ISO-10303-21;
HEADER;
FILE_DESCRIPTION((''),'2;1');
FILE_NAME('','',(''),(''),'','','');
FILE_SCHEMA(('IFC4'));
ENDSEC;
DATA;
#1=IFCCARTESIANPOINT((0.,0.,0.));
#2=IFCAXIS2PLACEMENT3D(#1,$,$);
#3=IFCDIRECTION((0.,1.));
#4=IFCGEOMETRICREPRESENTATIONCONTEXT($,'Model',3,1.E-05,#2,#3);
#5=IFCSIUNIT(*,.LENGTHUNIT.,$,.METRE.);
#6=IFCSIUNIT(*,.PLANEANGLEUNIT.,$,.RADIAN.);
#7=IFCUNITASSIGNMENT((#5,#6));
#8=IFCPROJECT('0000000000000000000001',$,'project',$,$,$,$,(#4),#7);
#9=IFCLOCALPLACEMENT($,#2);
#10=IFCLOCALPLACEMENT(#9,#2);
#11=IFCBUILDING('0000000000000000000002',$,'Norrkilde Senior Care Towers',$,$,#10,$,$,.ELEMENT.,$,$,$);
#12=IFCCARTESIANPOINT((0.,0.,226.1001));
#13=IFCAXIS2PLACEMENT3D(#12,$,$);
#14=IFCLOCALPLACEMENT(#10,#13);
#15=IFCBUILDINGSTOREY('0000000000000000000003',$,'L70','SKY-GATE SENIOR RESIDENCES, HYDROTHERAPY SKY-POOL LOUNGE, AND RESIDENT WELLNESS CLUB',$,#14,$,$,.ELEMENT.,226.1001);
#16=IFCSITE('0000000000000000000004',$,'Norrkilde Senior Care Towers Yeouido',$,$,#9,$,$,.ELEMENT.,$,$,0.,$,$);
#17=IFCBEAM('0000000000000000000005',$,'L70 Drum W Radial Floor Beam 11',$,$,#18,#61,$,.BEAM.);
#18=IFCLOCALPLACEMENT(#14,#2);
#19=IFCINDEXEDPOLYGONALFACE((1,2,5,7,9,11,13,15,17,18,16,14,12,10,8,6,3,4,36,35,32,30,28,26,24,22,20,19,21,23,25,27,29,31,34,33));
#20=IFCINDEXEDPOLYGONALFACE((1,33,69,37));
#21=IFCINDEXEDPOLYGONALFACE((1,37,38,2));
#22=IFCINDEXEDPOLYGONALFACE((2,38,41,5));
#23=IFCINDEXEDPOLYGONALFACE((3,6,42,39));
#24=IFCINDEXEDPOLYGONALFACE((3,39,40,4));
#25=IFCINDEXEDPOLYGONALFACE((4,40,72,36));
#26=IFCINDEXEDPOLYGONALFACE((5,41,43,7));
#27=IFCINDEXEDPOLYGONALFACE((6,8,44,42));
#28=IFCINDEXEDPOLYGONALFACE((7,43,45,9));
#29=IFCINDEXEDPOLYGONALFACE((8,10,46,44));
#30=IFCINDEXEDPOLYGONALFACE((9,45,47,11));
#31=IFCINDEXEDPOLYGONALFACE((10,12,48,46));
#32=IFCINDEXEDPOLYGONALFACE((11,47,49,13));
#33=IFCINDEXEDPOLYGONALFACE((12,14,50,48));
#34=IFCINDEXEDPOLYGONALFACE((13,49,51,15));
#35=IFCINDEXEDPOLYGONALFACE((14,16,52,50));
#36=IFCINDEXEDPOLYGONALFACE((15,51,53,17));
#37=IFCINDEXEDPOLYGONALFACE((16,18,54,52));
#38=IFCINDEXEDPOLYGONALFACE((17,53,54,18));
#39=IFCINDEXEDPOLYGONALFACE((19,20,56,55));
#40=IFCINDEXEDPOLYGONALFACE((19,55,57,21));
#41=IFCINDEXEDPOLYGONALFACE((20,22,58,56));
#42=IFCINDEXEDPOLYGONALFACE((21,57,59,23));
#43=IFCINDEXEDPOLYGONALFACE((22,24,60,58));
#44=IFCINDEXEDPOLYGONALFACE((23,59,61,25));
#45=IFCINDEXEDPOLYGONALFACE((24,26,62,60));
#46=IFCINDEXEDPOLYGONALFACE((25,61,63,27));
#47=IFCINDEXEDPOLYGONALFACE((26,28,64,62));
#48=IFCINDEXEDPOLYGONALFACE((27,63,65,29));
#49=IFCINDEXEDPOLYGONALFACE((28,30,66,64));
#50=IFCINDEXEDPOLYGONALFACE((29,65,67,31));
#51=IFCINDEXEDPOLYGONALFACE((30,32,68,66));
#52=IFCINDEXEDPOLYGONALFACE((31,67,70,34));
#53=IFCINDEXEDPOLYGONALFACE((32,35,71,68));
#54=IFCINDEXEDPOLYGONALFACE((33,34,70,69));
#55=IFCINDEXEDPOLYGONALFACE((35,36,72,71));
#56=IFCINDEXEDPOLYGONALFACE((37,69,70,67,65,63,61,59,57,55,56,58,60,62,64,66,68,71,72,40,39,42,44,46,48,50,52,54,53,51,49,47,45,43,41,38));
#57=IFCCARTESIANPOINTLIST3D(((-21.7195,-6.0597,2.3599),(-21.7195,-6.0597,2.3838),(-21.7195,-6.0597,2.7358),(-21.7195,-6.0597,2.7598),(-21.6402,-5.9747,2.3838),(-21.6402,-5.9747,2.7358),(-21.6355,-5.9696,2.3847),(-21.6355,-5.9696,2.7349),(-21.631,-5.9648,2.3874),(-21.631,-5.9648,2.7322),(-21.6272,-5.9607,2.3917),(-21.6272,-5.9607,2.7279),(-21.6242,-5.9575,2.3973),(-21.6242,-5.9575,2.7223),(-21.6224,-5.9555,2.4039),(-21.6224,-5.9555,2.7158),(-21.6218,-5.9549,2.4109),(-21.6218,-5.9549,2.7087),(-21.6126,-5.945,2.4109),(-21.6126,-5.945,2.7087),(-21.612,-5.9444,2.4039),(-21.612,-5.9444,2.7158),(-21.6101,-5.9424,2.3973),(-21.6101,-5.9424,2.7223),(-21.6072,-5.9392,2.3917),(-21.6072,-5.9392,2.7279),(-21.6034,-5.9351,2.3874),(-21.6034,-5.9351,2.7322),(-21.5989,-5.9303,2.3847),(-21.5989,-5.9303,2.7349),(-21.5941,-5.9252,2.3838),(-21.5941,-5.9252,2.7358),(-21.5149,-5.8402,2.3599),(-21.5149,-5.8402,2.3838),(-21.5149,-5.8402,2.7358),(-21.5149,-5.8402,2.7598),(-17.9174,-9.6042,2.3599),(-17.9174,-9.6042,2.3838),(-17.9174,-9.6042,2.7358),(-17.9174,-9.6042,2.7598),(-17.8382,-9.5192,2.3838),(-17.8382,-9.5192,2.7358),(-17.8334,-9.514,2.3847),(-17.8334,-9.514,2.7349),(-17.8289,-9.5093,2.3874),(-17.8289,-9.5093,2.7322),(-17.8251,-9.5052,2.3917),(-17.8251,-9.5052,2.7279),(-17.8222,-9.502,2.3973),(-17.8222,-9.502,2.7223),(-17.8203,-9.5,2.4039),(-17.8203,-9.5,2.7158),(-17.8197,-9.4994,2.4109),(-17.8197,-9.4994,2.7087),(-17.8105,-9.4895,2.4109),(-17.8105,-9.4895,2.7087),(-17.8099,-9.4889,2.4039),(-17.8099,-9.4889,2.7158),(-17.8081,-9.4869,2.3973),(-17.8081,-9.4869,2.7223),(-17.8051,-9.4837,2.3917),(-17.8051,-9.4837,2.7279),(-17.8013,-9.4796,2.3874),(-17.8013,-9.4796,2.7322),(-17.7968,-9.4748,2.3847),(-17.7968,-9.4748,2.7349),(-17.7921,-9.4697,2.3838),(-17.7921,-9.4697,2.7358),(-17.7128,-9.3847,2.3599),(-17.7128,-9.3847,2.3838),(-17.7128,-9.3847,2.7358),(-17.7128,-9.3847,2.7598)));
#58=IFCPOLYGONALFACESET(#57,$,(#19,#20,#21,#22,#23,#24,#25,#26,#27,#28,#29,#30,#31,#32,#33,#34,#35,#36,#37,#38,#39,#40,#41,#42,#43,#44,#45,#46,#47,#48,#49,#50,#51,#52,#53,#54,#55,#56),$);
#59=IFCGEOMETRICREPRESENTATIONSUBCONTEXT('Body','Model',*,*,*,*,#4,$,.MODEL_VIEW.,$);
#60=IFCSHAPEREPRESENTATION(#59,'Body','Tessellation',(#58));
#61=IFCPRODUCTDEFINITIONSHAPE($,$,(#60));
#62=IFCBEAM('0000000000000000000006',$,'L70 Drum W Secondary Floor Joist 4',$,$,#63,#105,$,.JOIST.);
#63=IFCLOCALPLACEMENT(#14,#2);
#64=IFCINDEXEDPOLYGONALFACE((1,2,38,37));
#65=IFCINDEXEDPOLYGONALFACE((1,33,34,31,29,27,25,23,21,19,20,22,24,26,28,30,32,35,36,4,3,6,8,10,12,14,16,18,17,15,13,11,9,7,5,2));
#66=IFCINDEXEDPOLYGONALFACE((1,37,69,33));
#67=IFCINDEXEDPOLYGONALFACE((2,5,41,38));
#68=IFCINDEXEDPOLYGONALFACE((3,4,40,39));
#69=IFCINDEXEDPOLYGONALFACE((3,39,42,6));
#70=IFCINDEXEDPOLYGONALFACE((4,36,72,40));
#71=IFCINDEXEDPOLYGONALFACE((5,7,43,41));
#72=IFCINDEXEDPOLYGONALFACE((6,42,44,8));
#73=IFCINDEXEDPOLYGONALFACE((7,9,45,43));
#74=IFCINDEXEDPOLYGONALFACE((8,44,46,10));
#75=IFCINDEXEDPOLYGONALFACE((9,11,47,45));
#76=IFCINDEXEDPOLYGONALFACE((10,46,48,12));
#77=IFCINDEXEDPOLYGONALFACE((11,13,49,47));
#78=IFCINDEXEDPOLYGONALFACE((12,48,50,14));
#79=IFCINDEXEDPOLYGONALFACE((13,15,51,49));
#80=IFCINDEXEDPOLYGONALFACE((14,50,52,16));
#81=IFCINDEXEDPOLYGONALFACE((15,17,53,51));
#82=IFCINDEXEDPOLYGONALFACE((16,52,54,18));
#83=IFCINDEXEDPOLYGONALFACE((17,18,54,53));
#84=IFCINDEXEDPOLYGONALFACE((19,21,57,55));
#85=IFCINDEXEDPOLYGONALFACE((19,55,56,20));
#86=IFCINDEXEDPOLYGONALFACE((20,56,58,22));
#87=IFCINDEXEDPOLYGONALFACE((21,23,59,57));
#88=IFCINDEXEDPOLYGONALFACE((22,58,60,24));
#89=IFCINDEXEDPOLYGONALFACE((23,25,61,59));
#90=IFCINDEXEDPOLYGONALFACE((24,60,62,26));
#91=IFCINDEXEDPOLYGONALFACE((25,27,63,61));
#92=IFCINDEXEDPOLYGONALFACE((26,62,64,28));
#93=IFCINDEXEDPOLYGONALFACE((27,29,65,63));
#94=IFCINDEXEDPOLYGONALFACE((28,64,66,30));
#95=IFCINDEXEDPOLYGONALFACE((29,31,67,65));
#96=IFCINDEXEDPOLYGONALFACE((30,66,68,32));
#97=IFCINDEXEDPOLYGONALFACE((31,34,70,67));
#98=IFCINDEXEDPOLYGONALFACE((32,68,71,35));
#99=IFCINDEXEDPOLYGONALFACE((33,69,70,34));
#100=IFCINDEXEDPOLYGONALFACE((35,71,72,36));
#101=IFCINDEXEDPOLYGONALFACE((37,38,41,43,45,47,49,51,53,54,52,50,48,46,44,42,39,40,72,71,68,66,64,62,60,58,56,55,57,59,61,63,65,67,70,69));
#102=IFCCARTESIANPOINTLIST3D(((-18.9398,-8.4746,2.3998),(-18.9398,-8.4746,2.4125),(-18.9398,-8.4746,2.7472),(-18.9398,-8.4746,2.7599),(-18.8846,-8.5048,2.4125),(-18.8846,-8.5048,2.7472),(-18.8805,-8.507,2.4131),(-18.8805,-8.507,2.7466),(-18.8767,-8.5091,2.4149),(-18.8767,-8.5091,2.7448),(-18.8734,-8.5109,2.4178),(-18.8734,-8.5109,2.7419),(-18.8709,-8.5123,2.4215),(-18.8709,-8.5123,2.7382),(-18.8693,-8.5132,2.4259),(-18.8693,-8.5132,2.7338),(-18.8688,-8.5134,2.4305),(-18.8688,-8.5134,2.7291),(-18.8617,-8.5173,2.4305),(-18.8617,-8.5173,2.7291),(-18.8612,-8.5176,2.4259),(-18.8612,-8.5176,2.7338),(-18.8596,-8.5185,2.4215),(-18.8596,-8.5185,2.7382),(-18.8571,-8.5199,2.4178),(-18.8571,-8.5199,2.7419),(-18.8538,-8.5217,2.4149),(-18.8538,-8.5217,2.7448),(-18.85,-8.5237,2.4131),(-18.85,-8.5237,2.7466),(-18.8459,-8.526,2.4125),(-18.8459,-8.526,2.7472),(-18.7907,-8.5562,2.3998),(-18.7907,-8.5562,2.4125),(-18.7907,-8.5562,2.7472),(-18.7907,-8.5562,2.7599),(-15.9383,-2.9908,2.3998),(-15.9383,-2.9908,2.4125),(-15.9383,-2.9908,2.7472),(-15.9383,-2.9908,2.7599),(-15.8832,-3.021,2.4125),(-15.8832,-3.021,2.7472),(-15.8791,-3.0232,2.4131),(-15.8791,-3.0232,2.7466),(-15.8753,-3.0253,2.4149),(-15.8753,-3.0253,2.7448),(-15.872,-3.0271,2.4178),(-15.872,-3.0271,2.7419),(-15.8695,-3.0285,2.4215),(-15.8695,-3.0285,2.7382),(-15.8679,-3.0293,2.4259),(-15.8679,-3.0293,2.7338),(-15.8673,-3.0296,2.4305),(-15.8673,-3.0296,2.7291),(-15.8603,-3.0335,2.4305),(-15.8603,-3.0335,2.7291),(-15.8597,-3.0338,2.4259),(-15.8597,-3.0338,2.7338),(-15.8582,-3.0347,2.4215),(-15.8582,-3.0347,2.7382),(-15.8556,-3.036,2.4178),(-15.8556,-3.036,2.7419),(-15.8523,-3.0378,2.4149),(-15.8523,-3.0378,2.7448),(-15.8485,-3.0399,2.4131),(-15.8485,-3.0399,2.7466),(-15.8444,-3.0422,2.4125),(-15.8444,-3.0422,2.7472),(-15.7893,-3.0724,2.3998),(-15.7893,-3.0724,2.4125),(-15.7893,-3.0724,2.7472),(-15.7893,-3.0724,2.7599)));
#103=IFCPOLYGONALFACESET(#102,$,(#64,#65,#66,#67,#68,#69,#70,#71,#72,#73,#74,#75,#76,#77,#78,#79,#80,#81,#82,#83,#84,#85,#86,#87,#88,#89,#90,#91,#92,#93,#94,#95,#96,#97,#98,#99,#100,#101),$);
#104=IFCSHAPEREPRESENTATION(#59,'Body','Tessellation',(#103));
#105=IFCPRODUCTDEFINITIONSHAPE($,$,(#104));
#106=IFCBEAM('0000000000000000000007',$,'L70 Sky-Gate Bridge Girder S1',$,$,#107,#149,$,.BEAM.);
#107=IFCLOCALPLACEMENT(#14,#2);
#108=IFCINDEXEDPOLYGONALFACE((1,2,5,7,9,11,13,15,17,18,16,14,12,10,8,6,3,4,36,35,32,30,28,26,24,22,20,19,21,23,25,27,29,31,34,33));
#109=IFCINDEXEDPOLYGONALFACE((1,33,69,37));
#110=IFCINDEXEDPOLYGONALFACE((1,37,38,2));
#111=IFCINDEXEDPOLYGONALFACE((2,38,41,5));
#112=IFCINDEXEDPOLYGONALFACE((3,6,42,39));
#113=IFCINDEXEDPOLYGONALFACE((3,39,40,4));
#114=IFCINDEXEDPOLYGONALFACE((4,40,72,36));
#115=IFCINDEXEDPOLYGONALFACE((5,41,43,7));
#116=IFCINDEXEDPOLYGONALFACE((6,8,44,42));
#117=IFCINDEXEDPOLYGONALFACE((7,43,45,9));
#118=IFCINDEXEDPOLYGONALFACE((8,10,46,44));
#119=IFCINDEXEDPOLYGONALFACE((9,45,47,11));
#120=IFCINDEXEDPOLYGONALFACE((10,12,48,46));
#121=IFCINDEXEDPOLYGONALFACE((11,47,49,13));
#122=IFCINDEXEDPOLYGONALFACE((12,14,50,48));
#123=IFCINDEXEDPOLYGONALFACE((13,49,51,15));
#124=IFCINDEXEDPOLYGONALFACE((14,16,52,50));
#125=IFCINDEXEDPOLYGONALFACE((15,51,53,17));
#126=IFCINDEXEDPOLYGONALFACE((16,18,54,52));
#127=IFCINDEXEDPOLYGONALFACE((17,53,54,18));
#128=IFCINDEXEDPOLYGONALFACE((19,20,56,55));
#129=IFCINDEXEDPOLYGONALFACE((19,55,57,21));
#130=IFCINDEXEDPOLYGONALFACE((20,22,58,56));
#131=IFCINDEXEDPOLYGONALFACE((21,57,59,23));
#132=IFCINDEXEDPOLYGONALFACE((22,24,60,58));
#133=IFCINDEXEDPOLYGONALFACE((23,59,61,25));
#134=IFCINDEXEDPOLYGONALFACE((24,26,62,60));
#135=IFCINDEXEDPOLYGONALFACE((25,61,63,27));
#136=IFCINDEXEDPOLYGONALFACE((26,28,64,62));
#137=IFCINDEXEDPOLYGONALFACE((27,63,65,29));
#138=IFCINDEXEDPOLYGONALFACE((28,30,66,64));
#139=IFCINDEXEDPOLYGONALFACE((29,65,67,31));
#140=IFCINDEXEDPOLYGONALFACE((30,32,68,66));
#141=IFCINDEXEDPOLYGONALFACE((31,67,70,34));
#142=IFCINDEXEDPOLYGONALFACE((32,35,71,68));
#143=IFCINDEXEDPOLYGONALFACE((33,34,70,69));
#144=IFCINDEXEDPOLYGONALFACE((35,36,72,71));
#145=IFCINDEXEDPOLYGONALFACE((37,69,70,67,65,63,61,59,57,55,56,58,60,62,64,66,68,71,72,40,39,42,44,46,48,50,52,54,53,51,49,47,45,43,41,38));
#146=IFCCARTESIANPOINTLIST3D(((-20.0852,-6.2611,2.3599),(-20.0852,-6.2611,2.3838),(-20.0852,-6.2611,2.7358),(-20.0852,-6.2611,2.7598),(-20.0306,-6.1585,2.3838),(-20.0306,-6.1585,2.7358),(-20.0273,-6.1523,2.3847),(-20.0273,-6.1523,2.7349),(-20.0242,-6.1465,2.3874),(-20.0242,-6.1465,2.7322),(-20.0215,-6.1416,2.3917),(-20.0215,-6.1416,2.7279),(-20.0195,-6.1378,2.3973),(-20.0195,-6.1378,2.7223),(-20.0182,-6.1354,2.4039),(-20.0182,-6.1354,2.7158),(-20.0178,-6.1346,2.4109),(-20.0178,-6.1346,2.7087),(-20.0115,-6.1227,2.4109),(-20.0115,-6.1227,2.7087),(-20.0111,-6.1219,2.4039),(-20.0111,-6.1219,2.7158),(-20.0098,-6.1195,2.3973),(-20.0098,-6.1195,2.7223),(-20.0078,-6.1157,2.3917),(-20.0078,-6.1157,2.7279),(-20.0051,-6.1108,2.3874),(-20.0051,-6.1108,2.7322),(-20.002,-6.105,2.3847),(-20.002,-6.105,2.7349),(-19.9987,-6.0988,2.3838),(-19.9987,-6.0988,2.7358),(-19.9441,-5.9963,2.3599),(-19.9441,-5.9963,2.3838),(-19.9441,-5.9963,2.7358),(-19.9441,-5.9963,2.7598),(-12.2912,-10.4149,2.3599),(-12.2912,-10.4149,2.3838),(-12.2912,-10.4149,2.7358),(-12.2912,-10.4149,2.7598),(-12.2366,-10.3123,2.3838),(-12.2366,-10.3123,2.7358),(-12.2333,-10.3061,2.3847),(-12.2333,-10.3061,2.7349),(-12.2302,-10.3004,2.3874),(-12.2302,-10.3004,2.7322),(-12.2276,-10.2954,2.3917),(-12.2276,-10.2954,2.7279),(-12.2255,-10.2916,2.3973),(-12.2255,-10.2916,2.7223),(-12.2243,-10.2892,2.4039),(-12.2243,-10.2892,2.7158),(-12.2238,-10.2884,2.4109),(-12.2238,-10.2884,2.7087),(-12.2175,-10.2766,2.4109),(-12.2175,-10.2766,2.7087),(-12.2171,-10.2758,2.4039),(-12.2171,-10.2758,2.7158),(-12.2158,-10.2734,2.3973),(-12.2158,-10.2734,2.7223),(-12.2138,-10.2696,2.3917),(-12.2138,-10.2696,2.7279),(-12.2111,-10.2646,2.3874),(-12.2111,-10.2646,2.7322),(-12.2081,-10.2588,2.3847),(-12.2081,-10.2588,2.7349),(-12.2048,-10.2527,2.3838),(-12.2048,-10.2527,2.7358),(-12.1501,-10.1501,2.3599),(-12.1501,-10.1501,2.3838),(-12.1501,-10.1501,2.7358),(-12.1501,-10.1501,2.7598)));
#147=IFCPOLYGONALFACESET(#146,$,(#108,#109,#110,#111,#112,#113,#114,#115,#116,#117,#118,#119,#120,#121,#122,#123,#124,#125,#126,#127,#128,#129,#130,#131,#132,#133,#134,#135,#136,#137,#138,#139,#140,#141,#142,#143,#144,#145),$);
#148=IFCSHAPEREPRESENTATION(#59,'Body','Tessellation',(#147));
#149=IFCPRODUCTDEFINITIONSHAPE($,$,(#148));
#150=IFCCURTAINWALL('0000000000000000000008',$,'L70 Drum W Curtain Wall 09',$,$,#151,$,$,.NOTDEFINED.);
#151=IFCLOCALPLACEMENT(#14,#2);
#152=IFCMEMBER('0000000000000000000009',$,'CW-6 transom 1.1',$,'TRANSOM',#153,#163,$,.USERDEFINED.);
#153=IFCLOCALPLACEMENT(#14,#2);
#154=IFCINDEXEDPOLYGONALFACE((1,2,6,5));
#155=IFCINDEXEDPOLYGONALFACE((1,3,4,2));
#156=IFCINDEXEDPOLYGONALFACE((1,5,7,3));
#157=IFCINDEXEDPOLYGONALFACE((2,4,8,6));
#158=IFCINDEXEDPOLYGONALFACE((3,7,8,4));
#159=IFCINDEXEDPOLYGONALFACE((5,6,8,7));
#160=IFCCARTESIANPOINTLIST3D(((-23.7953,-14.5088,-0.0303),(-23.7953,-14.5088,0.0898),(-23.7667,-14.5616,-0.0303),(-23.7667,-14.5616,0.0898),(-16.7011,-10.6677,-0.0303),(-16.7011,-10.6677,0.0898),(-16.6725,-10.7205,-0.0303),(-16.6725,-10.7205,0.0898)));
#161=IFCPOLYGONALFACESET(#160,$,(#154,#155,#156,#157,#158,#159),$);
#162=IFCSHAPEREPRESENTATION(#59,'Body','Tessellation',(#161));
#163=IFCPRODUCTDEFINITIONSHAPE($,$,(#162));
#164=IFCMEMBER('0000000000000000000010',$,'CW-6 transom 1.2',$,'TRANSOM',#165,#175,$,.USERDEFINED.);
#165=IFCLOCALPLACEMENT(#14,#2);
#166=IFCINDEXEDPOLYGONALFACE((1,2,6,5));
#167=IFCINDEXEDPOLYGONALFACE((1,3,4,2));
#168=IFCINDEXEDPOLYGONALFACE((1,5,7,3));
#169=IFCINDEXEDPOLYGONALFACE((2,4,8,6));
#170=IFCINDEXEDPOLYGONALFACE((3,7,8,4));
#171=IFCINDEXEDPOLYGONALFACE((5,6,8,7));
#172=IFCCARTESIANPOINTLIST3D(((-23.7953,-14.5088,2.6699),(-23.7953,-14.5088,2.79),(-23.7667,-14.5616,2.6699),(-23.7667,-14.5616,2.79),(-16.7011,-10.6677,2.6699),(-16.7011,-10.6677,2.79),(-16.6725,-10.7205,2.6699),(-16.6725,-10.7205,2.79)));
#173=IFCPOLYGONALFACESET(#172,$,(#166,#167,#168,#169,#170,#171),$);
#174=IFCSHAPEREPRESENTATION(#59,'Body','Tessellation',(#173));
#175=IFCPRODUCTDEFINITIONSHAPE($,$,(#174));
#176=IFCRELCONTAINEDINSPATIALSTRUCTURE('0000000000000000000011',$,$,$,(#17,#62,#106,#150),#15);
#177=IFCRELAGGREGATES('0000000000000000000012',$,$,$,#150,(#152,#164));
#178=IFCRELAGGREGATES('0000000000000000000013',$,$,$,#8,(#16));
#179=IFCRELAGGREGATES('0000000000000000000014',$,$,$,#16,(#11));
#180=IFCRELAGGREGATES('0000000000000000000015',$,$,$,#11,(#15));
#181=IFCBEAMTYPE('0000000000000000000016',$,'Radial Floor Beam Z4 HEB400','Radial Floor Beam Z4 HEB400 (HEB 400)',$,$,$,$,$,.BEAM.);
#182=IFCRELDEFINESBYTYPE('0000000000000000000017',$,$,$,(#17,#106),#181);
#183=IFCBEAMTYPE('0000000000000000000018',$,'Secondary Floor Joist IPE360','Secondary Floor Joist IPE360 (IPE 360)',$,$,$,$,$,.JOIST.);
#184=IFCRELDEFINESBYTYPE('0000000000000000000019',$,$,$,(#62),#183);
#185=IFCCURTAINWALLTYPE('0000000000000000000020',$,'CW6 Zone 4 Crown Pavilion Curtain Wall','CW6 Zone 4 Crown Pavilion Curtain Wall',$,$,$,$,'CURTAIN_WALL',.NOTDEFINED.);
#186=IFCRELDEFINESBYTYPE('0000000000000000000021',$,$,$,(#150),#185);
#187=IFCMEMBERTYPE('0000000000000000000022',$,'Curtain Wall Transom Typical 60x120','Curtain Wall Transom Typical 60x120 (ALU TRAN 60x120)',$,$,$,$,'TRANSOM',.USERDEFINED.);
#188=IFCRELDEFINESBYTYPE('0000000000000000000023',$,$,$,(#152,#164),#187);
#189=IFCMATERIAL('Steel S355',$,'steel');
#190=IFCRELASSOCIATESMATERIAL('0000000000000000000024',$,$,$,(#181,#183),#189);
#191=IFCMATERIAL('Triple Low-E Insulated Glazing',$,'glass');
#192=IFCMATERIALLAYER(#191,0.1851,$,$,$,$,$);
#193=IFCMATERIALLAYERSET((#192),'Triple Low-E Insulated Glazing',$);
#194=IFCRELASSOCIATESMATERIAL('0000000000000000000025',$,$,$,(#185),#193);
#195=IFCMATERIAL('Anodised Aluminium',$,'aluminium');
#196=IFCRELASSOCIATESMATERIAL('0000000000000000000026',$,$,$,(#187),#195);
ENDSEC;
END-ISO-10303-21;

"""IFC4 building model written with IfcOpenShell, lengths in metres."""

from ifc_helpers import new_model, si_unit, direction, frame, origin, origin_2d, place, context, subcontext, project, spatial, rectangle, i_section, extrude, source, transform, mapped, material, layer, layer_set, material_profile, profile_set, type_object, type_shapes, element, aggregate, save


model = new_model("IFC4")

# Units and contexts
model_context = context("Model", 3, precision=1e-05, world=origin(), true_north=direction((0.0, 1.0)))
body_context = subcontext(model_context, "Body", "Model", "MODEL_VIEW")
ifc_project = project(units=[si_unit("LENGTHUNIT", "METRE"), si_unit("PLANEANGLEUNIT", "RADIAN")], contexts=[model_context])

# Site, building, storey
site_placement = place(None, origin())
site = spatial("IfcSite", under=ifc_project, at=site_placement, Name="Norrkilde Senior Care Towers Yeouido", CompositionType="ELEMENT", RefElevation=0.0)
building_placement = place(site_placement, origin())
building = spatial("IfcBuilding", under=site, at=building_placement, Name="Norrkilde Senior Care Towers", CompositionType="ELEMENT")
storey_placement = place(building_placement, frame((0.0, 0.0, 226.1001)))
storey = spatial("IfcBuildingStorey", under=building, at=storey_placement, Name="L70", Description="SKY-GATE SENIOR RESIDENCES, HYDROTHERAPY SKY-POOL LOUNGE, AND RESIDENT WELLNESS CLUB", CompositionType="ELEMENT", Elevation=226.1001)

# Beams
ifc_material_1 = material(Name="Steel S355", Category="steel")
ifc_material_profile_1 = material_profile(ifc_material_1, i_section(OverallWidth=0.3, OverallDepth=0.3999, WebThickness=0.0134, FlangeThickness=0.0239, FilletRadius=0.0271, at=origin_2d()), Name="HEB 400")
ifc_profile_set_1 = profile_set([ifc_material_profile_1], Name="Steel S355")
beam_type_1 = type_object("IfcBeamType", Name="Radial Floor Beam Z4 HEB400", Description="Radial Floor Beam Z4 HEB400 (HEB 400)", PredefinedType="BEAM", material=ifc_profile_set_1)
shared_shape_1 = source(origin(), body_context, "Body", "SweptSolid", [
    extrude(i_section(OverallWidth=0.3, OverallDepth=0.3999, WebThickness=0.0134, FlangeThickness=0.0239, FilletRadius=0.0271, at=origin_2d()), origin(), (0.0, 0.0, 1.0), 5.198),
])
beam_1_placement = place(storey_placement, frame((-21.6172, -5.95, 2.5598), z_axis=(0.731449, -0.681896, 0.0), x_axis=(0.681896, 0.731449, 0.0)))
element("IfcBeam", 1, at=beam_1_placement, inside=storey, type_object=beam_type_1, Name="L70 Drum W Radial Floor Beam 11", PredefinedType="BEAM", context=body_context, shape_type="MappedRepresentation", body=[
    mapped(shared_shape_1, transform((0.0, 0.0, 0.0), x_axis=(1.0, 0.0, 0.0), y_axis=(0.0, 1.0, 0.0), z_axis=(0.0, 0.0, 1.0), scale=1.0)),
])
ifc_material_profile_2 = material_profile(ifc_material_1, i_section(OverallWidth=0.1699, OverallDepth=0.3601, WebThickness=0.0081, FlangeThickness=0.0127, FilletRadius=0.0181, at=origin_2d()), Name="IPE 360")
ifc_profile_set_2 = profile_set([ifc_material_profile_2], Name="Steel S355")
beam_type_2 = type_object("IfcBeamType", Name="Secondary Floor Joist IPE360", Description="Secondary Floor Joist IPE360 (IPE 360)", PredefinedType="JOIST", material=ifc_profile_set_2)
shared_shape_2 = source(origin(), body_context, "Body", "SweptSolid", [
    extrude(i_section(OverallWidth=0.1699, OverallDepth=0.3601, WebThickness=0.0081, FlangeThickness=0.0127, FilletRadius=0.0181, at=origin_2d()), origin(), (0.0, 0.0, 1.0), 6.2515),
])
type_shapes(beam_type_2, [shared_shape_2])
beam_2_placement = place(storey_placement, frame((-18.8652, -8.5154, 2.5798), z_axis=(0.480116, 0.877205, 0.0), x_axis=(-0.877205, 0.480116, 0.0)))
element("IfcBeam", 2, at=beam_2_placement, inside=storey, type_object=beam_type_2, Name="L70 Drum W Secondary Floor Joist 4", PredefinedType="JOIST", context=body_context, shape_type="MappedRepresentation", body=[
    mapped(shared_shape_2, transform((0.0, 0.0, 0.0), x_axis=(1.0, 0.0, 0.0), y_axis=(0.0, 1.0, 0.0), z_axis=(0.0, 0.0, 1.0), scale=1.0)),
])
shared_shape_3 = source(origin(), body_context, "Body", "SweptSolid", [
    extrude(i_section(OverallWidth=0.3, OverallDepth=0.3999, WebThickness=0.0134, FlangeThickness=0.0239, FilletRadius=0.0271, at=origin_2d()), origin(), (0.0, 0.0, 1.0), 8.8318),
])
beam_3_placement = place(storey_placement, frame((-20.0146, -6.1287, 2.5598), z_axis=(0.882492, -0.470327, 0.0), x_axis=(0.470327, 0.882492, 0.0)))
element("IfcBeam", 3, at=beam_3_placement, inside=storey, type_object=beam_type_1, Name="L70 Sky-Gate Bridge Girder S1", PredefinedType="BEAM", context=body_context, shape_type="MappedRepresentation", body=[
    mapped(shared_shape_3, transform((0.0, 0.0, 0.0), x_axis=(1.0, 0.0, 0.0), y_axis=(0.0, 1.0, 0.0), z_axis=(0.0, 0.0, 1.0), scale=1.0)),
])

# Curtain wall, members
ifc_material_2 = material(Name="Triple Low-E Insulated Glazing", Category="glass")
ifc_layer_1 = layer(ifc_material_2, 0.1851)
ifc_layer_set_1 = layer_set([ifc_layer_1], Name="Triple Low-E Insulated Glazing")
curtain_wall_type_1 = type_object("IfcCurtainWallType", Name="CW6 Zone 4 Crown Pavilion Curtain Wall", Description="CW6 Zone 4 Crown Pavilion Curtain Wall", ElementType="CURTAIN_WALL", PredefinedType="NOTDEFINED", material=ifc_layer_set_1)
curtain_wall_1_placement = place(storey_placement, origin())
curtain_wall_1 = element("IfcCurtainWall", 4, at=curtain_wall_1_placement, inside=storey, type_object=curtain_wall_type_1, Name="L70 Drum W Curtain Wall 09", PredefinedType="NOTDEFINED")
ifc_material_3 = material(Name="Anodised Aluminium", Category="aluminium")
ifc_material_profile_3 = material_profile(ifc_material_3, rectangle(XDim=0.0601, YDim=0.1201, at=origin_2d()), Name="ALU TRAN 60x120")
ifc_profile_set_3 = profile_set([ifc_material_profile_3], Name="Anodised Aluminium")
member_type_1 = type_object("IfcMemberType", Name="Curtain Wall Transom Typical 60x120", Description="Curtain Wall Transom Typical 60x120 (ALU TRAN 60x120)", ElementType="TRANSOM", PredefinedType="USERDEFINED", material=ifc_profile_set_3)
shared_shape_4 = source(origin(), body_context, "Body", "SweptSolid", [
    extrude(rectangle(XDim=0.0601, YDim=0.1201, at=origin_2d()), origin(), (0.0, 0.0, 1.0), 8.0674),
])
type_shapes(member_type_1, [shared_shape_4])
member_1_placement = place(storey_placement, frame((-16.6868, -10.6941, 0.0298), z_axis=(-0.879378, -0.476125, 0.0), x_axis=(0.476125, -0.879378, 0.0)))
member_1 = element("IfcMember", 5, at=member_1_placement, type_object=member_type_1, Name="CW-6 transom 1.1", ObjectType="TRANSOM", PredefinedType="USERDEFINED", context=body_context, shape_type="MappedRepresentation", body=[
    mapped(shared_shape_4, transform((0.0, 0.0, 0.0), x_axis=(1.0, 0.0, 0.0), y_axis=(0.0, 1.0, 0.0), z_axis=(0.0, 0.0, 1.0), scale=1.0)),
])
member_2_placement = place(storey_placement, frame((-16.6868, -10.6941, 2.73), z_axis=(-0.879378, -0.476125, 0.0), x_axis=(0.476125, -0.879378, 0.0)))
member_2 = element("IfcMember", 6, at=member_2_placement, type_object=member_type_1, Name="CW-6 transom 1.2", ObjectType="TRANSOM", PredefinedType="USERDEFINED", context=body_context, shape_type="MappedRepresentation", body=[
    mapped(shared_shape_4, transform((0.0, 0.0, 0.0), x_axis=(1.0, 0.0, 0.0), y_axis=(0.0, 1.0, 0.0), z_axis=(0.0, 0.0, 1.0), scale=1.0)),
])

aggregate(curtain_wall_1, [member_1, member_2])

save(model, "model.ifc")
